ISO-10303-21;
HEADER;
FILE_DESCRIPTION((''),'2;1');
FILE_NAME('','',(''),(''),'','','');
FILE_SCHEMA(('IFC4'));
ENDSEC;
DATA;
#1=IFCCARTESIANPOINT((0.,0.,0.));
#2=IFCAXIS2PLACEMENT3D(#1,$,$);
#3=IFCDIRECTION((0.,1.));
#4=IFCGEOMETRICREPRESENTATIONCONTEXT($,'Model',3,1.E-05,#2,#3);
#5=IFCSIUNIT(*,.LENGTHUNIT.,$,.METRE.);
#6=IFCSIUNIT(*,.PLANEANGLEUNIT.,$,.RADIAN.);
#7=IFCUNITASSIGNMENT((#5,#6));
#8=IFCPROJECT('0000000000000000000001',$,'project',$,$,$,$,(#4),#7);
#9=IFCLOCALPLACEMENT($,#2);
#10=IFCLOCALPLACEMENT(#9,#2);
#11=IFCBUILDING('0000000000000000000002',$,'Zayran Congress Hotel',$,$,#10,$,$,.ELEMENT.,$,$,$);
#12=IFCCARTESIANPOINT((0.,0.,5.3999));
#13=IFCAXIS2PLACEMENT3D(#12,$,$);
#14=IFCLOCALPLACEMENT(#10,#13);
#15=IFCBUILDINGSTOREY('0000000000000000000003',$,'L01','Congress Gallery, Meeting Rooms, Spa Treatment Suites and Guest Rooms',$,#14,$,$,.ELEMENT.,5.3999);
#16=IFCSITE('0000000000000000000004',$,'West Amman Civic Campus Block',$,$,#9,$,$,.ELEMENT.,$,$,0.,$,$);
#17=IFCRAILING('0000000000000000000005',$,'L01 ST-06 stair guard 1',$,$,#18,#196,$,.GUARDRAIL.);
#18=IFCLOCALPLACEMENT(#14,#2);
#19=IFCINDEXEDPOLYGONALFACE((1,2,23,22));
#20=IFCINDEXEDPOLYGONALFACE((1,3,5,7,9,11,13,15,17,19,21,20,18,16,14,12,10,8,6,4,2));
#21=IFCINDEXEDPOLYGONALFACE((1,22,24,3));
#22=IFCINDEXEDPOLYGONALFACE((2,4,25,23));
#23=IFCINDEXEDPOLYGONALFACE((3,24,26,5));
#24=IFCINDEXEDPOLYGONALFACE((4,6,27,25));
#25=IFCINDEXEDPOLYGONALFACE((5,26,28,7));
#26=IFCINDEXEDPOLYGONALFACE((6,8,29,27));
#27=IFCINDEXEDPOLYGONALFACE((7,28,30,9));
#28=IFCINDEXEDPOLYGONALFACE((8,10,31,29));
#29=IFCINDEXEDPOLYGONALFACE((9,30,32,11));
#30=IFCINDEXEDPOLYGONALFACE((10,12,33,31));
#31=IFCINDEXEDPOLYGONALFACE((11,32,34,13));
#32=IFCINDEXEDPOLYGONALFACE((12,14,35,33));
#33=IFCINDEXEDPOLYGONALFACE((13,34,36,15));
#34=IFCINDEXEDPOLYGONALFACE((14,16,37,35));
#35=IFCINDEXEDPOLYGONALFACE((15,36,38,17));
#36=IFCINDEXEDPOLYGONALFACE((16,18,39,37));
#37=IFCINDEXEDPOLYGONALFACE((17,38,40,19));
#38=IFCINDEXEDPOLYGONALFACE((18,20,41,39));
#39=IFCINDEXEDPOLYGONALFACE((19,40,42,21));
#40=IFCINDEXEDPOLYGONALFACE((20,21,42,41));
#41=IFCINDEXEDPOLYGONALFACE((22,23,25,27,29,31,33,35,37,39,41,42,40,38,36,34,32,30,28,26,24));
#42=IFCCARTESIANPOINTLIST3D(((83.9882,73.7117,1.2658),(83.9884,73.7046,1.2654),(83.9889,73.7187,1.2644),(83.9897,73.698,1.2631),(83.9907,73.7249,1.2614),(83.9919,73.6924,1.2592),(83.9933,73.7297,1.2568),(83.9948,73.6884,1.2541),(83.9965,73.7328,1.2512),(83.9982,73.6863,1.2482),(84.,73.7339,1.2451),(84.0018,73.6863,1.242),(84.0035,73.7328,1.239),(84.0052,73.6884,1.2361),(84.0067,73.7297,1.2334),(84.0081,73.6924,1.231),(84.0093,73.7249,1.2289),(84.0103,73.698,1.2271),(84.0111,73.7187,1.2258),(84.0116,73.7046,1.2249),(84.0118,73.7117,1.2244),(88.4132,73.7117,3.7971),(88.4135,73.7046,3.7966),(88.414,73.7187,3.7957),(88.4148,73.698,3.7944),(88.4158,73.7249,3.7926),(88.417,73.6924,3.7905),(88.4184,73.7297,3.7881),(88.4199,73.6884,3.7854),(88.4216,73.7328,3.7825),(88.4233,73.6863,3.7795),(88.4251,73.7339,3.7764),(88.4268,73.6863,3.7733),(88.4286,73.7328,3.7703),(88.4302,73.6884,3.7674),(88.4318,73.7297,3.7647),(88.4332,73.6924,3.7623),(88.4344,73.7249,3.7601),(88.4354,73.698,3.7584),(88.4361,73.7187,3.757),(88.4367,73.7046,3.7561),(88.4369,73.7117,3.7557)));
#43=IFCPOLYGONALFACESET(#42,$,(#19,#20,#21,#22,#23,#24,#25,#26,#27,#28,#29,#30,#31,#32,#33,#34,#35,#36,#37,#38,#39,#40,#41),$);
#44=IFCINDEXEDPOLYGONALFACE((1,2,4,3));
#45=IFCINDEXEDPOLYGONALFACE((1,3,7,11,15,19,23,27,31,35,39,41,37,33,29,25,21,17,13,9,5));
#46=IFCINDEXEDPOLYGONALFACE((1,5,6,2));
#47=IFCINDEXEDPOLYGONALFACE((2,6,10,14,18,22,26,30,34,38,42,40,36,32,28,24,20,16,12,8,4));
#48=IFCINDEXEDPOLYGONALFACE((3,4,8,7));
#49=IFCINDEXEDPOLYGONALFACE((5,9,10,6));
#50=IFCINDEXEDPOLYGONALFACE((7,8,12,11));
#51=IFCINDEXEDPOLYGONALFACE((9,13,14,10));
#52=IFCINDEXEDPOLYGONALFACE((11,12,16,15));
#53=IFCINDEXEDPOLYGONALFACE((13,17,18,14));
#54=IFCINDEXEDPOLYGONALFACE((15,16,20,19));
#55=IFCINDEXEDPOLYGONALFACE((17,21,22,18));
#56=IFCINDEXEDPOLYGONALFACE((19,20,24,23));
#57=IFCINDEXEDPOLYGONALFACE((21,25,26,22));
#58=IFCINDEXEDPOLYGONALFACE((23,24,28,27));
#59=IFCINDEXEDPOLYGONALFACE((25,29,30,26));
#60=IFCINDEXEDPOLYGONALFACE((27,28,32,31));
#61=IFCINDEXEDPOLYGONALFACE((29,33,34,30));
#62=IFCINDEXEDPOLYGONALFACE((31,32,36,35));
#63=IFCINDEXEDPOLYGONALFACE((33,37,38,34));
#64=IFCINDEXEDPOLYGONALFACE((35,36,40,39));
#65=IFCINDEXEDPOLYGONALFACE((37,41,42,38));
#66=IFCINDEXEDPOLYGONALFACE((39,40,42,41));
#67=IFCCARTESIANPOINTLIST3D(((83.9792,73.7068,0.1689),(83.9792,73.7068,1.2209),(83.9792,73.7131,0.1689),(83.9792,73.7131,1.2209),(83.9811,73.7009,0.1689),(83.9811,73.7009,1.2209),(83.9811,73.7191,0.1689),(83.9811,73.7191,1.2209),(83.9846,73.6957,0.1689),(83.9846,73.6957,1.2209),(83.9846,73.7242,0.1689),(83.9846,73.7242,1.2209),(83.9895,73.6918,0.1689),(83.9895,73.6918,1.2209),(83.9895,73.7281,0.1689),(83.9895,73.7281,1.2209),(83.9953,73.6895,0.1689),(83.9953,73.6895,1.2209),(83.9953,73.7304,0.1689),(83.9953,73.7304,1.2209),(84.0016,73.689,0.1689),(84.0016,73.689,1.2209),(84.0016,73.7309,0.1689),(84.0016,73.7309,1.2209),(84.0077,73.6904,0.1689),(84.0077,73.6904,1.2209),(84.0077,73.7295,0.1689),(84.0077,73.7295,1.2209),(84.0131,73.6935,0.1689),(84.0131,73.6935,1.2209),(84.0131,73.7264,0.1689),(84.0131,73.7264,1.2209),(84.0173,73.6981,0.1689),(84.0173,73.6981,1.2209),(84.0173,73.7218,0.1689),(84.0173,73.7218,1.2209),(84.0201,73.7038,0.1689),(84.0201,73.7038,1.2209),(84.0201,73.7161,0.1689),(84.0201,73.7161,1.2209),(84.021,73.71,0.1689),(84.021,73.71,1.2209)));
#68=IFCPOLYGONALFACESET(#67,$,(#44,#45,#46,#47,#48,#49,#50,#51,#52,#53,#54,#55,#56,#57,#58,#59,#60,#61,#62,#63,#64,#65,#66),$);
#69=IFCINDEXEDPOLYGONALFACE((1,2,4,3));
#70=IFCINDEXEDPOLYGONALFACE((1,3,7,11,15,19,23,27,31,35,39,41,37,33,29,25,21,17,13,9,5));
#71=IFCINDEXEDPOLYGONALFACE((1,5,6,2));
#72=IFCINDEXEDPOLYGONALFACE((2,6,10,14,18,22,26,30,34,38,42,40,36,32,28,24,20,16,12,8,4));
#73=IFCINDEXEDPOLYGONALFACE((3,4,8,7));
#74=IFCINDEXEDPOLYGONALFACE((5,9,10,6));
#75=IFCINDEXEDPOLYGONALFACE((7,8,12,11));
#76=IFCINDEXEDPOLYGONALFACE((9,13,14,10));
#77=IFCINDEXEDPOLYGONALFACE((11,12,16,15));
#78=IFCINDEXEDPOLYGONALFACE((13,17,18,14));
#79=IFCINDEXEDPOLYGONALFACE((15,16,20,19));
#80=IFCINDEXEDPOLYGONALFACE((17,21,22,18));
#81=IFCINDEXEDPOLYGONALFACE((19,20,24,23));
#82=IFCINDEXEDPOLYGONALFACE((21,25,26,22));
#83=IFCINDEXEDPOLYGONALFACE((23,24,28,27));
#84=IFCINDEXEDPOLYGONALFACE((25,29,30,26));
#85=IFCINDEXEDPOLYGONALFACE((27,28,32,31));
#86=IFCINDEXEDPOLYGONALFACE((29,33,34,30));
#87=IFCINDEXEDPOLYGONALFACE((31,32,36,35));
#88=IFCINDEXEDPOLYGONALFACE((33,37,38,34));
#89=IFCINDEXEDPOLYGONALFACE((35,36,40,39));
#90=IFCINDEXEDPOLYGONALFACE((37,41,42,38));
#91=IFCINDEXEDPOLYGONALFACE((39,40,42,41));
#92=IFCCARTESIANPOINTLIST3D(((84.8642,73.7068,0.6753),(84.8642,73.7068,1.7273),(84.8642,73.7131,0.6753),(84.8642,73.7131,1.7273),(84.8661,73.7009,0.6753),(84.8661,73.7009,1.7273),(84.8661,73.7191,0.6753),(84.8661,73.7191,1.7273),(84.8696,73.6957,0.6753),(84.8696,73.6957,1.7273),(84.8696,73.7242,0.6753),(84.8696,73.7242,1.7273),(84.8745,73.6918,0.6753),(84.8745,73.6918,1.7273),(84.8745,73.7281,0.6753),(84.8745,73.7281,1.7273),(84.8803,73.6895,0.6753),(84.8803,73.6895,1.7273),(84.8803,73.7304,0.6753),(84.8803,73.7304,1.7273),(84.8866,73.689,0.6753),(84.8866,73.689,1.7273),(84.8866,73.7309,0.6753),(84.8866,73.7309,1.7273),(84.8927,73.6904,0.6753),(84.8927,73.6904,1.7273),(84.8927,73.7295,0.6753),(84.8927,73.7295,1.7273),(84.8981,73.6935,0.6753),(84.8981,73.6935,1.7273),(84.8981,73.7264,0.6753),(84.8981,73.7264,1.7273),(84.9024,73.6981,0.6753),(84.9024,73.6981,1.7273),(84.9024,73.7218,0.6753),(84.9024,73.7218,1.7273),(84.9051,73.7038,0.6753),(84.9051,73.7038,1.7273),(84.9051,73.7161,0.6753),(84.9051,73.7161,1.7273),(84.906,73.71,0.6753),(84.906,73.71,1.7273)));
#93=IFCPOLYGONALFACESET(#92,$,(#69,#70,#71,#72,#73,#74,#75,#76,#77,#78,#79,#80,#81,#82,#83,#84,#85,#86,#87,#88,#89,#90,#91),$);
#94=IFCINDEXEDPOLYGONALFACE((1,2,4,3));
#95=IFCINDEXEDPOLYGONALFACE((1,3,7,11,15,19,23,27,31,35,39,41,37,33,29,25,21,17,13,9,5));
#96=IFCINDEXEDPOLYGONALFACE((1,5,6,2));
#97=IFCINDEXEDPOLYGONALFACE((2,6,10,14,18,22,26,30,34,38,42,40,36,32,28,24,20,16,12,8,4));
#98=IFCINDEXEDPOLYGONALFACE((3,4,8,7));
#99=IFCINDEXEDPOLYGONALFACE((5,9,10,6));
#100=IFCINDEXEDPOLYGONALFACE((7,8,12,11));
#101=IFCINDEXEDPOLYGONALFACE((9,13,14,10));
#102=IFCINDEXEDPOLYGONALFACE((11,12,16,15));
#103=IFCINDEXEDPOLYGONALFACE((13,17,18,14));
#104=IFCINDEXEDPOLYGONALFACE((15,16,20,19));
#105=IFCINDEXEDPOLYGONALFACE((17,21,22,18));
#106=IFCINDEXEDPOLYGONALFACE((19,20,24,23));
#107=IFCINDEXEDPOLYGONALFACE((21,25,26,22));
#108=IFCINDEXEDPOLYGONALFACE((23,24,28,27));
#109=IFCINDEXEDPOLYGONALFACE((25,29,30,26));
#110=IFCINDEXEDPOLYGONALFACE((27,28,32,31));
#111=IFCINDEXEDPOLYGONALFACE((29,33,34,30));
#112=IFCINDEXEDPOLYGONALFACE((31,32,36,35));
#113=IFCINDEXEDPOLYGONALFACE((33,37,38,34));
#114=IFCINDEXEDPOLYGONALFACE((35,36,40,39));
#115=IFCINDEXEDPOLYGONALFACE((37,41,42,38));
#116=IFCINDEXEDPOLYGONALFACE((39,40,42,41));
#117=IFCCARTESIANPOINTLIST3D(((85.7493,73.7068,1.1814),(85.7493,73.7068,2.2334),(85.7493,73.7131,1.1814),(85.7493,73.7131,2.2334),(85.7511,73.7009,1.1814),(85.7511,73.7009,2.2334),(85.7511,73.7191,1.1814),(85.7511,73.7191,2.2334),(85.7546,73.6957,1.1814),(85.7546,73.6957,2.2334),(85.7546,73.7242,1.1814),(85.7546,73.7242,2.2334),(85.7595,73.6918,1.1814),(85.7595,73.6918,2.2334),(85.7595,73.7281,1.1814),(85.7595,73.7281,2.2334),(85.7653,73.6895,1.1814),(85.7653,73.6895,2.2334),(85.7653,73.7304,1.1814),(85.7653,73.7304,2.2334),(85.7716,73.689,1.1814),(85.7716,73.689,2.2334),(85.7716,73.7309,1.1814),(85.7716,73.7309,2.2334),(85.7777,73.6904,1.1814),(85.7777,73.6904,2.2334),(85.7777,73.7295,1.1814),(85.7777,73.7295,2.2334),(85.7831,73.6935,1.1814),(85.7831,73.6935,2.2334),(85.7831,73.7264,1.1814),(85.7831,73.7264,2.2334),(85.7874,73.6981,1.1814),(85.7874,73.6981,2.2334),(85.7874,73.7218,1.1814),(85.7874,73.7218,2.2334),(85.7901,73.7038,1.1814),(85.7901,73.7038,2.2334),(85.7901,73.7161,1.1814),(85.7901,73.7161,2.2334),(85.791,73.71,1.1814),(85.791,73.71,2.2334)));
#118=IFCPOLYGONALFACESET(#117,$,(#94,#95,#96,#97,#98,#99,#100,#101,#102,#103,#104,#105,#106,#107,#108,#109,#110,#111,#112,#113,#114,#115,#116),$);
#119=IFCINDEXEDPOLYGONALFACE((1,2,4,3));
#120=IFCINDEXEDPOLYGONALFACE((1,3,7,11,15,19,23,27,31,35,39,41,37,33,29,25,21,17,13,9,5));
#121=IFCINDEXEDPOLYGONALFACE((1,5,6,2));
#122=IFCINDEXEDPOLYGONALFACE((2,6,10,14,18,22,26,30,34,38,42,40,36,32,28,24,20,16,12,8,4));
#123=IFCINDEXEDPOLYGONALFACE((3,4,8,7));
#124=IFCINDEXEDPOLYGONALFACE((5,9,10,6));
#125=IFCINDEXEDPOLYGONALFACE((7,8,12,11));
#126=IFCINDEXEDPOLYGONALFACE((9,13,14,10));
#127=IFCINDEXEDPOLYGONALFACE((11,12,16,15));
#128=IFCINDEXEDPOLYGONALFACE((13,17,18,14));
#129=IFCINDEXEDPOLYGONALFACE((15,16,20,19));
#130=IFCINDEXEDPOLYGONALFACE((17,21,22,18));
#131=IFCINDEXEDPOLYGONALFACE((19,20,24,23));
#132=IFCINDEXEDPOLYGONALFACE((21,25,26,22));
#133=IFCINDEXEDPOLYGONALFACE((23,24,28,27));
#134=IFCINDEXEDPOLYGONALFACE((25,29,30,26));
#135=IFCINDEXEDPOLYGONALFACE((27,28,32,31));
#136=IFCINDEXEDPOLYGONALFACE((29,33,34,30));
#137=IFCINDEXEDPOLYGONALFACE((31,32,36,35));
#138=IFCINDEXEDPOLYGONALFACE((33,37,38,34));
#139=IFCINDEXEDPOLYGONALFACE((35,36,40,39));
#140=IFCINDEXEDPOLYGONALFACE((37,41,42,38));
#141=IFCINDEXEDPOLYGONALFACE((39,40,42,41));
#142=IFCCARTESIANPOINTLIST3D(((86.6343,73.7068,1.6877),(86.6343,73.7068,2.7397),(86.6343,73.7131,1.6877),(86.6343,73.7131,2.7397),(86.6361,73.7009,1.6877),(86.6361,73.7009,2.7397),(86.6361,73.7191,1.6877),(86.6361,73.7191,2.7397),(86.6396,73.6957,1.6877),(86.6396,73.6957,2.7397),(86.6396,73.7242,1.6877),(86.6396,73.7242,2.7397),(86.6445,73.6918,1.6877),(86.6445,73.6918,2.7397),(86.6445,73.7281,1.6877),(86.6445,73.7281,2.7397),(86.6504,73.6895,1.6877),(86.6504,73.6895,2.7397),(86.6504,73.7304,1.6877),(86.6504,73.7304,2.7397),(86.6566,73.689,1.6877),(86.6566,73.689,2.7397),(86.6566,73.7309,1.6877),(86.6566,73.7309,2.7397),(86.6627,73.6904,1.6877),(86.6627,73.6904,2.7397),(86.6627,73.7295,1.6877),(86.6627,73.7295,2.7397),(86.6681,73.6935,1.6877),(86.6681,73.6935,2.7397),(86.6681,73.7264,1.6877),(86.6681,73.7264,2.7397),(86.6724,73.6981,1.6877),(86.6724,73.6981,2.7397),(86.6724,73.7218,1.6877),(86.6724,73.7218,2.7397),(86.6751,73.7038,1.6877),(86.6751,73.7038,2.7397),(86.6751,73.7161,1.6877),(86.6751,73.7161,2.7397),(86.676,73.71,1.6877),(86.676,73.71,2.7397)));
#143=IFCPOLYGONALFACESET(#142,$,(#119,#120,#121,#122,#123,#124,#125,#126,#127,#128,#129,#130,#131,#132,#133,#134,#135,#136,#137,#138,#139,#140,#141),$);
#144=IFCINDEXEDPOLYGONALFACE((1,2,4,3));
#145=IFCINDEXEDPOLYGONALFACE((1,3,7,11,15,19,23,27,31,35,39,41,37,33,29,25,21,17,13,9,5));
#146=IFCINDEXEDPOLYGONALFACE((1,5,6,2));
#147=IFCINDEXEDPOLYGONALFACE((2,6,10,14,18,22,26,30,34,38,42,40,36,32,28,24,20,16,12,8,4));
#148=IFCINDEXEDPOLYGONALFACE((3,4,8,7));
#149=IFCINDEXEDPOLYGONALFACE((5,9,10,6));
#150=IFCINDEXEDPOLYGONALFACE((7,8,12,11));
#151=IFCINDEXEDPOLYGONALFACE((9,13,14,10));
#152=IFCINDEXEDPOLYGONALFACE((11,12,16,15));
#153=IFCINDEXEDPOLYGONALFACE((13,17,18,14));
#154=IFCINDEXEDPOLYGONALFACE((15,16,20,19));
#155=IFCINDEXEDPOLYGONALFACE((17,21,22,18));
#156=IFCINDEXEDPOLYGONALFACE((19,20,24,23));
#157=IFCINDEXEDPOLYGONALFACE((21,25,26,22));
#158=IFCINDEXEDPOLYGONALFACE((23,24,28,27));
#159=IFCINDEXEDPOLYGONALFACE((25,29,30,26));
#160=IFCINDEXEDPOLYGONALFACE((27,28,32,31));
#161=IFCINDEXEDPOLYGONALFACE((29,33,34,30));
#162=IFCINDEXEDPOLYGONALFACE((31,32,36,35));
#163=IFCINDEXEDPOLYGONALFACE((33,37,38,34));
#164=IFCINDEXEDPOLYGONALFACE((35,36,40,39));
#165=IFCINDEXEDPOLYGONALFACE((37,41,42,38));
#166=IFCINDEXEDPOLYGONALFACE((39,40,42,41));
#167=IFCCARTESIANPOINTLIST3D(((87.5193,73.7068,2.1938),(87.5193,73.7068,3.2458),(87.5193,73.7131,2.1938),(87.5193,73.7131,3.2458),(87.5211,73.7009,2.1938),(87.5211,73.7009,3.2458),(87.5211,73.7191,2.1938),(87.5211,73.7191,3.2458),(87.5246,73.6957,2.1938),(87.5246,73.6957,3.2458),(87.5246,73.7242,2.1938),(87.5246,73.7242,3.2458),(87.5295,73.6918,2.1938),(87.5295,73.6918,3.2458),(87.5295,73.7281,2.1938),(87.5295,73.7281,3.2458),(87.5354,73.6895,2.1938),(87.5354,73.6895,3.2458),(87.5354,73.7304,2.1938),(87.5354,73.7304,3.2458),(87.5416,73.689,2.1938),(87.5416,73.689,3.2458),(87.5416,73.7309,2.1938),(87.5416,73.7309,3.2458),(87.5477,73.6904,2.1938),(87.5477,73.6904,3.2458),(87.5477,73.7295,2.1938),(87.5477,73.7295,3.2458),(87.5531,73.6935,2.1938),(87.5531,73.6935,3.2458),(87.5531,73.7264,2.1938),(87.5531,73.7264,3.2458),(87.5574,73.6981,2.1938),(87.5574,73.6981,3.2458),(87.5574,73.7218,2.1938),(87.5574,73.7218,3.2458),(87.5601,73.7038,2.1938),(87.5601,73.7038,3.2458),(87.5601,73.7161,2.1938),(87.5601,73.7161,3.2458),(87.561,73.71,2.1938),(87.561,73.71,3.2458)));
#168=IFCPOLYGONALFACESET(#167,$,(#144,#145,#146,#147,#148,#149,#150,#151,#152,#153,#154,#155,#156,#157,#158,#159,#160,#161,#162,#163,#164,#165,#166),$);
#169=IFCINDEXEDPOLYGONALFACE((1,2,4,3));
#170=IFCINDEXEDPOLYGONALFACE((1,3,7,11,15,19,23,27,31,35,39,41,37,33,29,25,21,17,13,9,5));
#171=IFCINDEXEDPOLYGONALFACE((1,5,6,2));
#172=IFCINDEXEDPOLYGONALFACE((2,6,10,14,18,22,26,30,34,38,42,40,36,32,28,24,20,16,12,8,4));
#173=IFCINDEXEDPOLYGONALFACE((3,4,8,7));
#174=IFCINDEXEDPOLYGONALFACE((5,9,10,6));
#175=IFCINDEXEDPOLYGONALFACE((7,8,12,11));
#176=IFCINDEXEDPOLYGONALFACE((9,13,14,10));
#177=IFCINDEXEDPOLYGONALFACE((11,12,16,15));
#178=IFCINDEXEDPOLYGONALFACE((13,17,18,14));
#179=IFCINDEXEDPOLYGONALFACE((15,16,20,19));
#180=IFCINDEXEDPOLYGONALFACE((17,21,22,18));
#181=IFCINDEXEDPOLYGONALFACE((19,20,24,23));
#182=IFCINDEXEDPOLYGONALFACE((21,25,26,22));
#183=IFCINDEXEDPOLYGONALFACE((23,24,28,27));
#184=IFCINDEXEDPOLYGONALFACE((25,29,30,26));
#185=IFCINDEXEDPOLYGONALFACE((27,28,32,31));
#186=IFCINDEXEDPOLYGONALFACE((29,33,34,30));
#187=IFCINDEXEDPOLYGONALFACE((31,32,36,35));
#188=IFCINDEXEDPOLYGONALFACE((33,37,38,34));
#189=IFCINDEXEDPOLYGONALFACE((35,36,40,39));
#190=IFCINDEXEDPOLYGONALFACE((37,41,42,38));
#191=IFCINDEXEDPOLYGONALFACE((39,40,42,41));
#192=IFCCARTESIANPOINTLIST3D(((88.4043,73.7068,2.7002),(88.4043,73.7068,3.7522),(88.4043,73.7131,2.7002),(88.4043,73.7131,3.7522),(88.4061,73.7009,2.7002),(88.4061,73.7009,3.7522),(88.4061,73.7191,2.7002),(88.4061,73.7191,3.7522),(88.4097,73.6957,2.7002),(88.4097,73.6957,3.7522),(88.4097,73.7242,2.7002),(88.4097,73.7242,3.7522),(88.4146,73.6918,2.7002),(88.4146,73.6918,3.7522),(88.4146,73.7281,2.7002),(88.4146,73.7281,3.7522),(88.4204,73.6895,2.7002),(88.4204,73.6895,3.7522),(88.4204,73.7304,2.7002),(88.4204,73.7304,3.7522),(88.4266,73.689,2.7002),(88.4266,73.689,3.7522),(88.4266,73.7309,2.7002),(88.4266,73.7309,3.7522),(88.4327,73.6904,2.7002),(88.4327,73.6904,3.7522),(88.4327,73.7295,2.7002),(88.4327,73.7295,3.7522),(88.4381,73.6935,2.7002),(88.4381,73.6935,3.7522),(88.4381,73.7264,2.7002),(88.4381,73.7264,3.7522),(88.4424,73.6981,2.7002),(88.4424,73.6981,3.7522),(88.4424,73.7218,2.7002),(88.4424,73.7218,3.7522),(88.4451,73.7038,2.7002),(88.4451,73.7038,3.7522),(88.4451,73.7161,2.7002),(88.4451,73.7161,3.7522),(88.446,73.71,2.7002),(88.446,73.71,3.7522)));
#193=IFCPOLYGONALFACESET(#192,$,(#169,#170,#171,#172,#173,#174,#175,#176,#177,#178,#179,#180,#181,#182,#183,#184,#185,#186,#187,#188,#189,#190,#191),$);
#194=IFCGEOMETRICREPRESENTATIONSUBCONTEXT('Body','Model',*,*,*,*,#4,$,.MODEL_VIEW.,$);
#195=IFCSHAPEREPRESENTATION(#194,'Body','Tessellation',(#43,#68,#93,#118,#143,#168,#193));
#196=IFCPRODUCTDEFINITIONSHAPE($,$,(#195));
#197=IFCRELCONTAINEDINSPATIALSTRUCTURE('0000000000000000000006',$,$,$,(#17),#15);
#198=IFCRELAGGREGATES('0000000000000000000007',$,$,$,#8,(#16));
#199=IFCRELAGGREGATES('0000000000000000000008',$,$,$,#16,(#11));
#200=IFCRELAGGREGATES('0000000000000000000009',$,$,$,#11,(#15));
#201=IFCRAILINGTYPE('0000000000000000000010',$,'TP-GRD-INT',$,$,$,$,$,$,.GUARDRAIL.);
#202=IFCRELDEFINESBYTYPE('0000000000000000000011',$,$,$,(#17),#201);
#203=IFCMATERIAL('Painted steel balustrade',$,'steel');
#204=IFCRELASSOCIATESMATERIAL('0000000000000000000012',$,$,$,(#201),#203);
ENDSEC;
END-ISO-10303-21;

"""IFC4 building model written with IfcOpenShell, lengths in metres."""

from ifc_helpers import new_model, si_unit, direction, frame, origin, origin_2d, place, context, subcontext, project, spatial, circle, extrude, material, type_object, element, save


model = new_model("IFC4")

# Units and contexts
model_context = context("Model", 3, precision=1e-05, world=origin(), true_north=direction((0.0, 1.0)))
body_context = subcontext(model_context, "Body", "Model", "MODEL_VIEW")
ifc_project = project(units=[si_unit("LENGTHUNIT", "METRE"), si_unit("PLANEANGLEUNIT", "RADIAN")], contexts=[model_context])

# Site, building, storey
site_placement = place(None, origin())
site = spatial("IfcSite", under=ifc_project, at=site_placement, Name="West Amman Civic Campus Block", CompositionType="ELEMENT", RefElevation=0.0)
building_placement = place(site_placement, origin())
building = spatial("IfcBuilding", under=site, at=building_placement, Name="Zayran Congress Hotel", CompositionType="ELEMENT")
storey_placement = place(building_placement, frame((0.0, 0.0, 5.3999)))
storey = spatial("IfcBuildingStorey", under=building, at=storey_placement, Name="L01", Description="Congress Gallery, Meeting Rooms, Spa Treatment Suites and Guest Rooms", CompositionType="ELEMENT", Elevation=5.3999)

# Railing
ifc_material_1 = material(Name="Painted steel balustrade", Category="steel")
railing_type_1 = type_object("IfcRailingType", Name="TP-GRD-INT", PredefinedType="GUARDRAIL", material=ifc_material_1)
railing_1_placement = place(storey_placement, frame((84.0, 73.71, 0.1689)))
element("IfcRailing", 1, at=railing_1_placement, inside=storey, type_object=railing_type_1, Name="L01 ST-06 stair guard 1", PredefinedType="GUARDRAIL", context=body_context, shape_type="SweptSolid", body=[
    extrude(circle(Radius=0.0239, at=origin_2d()), frame((0.0, 0.0, 1.0762), z_axis=(0.868019, 0.0, 0.496531), x_axis=(0.0, 1.0, 0.0)), (0.0, 0.0, 1.0), 5.0979),
    extrude(circle(Radius=0.021, at=origin_2d()), origin(), (0.0, 0.0, 1.0), 1.052),
    extrude(circle(Radius=0.021, at=origin_2d()), frame((0.885, 0.0, 0.5063)), (0.0, 0.0, 1.0), 1.052),
    extrude(circle(Radius=0.021, at=origin_2d()), frame((1.77, 0.0, 1.0125)), (0.0, 0.0, 1.0), 1.052),
    extrude(circle(Radius=0.021, at=origin_2d()), frame((2.655, 0.0, 1.5188)), (0.0, 0.0, 1.0), 1.052),
    extrude(circle(Radius=0.021, at=origin_2d()), frame((3.54, 0.0, 2.0249)), (0.0, 0.0, 1.0), 1.052),
    extrude(circle(Radius=0.021, at=origin_2d()), frame((4.425, 0.0, 2.5312)), (0.0, 0.0, 1.0), 1.052),
])

save(model, "model.ifc")
